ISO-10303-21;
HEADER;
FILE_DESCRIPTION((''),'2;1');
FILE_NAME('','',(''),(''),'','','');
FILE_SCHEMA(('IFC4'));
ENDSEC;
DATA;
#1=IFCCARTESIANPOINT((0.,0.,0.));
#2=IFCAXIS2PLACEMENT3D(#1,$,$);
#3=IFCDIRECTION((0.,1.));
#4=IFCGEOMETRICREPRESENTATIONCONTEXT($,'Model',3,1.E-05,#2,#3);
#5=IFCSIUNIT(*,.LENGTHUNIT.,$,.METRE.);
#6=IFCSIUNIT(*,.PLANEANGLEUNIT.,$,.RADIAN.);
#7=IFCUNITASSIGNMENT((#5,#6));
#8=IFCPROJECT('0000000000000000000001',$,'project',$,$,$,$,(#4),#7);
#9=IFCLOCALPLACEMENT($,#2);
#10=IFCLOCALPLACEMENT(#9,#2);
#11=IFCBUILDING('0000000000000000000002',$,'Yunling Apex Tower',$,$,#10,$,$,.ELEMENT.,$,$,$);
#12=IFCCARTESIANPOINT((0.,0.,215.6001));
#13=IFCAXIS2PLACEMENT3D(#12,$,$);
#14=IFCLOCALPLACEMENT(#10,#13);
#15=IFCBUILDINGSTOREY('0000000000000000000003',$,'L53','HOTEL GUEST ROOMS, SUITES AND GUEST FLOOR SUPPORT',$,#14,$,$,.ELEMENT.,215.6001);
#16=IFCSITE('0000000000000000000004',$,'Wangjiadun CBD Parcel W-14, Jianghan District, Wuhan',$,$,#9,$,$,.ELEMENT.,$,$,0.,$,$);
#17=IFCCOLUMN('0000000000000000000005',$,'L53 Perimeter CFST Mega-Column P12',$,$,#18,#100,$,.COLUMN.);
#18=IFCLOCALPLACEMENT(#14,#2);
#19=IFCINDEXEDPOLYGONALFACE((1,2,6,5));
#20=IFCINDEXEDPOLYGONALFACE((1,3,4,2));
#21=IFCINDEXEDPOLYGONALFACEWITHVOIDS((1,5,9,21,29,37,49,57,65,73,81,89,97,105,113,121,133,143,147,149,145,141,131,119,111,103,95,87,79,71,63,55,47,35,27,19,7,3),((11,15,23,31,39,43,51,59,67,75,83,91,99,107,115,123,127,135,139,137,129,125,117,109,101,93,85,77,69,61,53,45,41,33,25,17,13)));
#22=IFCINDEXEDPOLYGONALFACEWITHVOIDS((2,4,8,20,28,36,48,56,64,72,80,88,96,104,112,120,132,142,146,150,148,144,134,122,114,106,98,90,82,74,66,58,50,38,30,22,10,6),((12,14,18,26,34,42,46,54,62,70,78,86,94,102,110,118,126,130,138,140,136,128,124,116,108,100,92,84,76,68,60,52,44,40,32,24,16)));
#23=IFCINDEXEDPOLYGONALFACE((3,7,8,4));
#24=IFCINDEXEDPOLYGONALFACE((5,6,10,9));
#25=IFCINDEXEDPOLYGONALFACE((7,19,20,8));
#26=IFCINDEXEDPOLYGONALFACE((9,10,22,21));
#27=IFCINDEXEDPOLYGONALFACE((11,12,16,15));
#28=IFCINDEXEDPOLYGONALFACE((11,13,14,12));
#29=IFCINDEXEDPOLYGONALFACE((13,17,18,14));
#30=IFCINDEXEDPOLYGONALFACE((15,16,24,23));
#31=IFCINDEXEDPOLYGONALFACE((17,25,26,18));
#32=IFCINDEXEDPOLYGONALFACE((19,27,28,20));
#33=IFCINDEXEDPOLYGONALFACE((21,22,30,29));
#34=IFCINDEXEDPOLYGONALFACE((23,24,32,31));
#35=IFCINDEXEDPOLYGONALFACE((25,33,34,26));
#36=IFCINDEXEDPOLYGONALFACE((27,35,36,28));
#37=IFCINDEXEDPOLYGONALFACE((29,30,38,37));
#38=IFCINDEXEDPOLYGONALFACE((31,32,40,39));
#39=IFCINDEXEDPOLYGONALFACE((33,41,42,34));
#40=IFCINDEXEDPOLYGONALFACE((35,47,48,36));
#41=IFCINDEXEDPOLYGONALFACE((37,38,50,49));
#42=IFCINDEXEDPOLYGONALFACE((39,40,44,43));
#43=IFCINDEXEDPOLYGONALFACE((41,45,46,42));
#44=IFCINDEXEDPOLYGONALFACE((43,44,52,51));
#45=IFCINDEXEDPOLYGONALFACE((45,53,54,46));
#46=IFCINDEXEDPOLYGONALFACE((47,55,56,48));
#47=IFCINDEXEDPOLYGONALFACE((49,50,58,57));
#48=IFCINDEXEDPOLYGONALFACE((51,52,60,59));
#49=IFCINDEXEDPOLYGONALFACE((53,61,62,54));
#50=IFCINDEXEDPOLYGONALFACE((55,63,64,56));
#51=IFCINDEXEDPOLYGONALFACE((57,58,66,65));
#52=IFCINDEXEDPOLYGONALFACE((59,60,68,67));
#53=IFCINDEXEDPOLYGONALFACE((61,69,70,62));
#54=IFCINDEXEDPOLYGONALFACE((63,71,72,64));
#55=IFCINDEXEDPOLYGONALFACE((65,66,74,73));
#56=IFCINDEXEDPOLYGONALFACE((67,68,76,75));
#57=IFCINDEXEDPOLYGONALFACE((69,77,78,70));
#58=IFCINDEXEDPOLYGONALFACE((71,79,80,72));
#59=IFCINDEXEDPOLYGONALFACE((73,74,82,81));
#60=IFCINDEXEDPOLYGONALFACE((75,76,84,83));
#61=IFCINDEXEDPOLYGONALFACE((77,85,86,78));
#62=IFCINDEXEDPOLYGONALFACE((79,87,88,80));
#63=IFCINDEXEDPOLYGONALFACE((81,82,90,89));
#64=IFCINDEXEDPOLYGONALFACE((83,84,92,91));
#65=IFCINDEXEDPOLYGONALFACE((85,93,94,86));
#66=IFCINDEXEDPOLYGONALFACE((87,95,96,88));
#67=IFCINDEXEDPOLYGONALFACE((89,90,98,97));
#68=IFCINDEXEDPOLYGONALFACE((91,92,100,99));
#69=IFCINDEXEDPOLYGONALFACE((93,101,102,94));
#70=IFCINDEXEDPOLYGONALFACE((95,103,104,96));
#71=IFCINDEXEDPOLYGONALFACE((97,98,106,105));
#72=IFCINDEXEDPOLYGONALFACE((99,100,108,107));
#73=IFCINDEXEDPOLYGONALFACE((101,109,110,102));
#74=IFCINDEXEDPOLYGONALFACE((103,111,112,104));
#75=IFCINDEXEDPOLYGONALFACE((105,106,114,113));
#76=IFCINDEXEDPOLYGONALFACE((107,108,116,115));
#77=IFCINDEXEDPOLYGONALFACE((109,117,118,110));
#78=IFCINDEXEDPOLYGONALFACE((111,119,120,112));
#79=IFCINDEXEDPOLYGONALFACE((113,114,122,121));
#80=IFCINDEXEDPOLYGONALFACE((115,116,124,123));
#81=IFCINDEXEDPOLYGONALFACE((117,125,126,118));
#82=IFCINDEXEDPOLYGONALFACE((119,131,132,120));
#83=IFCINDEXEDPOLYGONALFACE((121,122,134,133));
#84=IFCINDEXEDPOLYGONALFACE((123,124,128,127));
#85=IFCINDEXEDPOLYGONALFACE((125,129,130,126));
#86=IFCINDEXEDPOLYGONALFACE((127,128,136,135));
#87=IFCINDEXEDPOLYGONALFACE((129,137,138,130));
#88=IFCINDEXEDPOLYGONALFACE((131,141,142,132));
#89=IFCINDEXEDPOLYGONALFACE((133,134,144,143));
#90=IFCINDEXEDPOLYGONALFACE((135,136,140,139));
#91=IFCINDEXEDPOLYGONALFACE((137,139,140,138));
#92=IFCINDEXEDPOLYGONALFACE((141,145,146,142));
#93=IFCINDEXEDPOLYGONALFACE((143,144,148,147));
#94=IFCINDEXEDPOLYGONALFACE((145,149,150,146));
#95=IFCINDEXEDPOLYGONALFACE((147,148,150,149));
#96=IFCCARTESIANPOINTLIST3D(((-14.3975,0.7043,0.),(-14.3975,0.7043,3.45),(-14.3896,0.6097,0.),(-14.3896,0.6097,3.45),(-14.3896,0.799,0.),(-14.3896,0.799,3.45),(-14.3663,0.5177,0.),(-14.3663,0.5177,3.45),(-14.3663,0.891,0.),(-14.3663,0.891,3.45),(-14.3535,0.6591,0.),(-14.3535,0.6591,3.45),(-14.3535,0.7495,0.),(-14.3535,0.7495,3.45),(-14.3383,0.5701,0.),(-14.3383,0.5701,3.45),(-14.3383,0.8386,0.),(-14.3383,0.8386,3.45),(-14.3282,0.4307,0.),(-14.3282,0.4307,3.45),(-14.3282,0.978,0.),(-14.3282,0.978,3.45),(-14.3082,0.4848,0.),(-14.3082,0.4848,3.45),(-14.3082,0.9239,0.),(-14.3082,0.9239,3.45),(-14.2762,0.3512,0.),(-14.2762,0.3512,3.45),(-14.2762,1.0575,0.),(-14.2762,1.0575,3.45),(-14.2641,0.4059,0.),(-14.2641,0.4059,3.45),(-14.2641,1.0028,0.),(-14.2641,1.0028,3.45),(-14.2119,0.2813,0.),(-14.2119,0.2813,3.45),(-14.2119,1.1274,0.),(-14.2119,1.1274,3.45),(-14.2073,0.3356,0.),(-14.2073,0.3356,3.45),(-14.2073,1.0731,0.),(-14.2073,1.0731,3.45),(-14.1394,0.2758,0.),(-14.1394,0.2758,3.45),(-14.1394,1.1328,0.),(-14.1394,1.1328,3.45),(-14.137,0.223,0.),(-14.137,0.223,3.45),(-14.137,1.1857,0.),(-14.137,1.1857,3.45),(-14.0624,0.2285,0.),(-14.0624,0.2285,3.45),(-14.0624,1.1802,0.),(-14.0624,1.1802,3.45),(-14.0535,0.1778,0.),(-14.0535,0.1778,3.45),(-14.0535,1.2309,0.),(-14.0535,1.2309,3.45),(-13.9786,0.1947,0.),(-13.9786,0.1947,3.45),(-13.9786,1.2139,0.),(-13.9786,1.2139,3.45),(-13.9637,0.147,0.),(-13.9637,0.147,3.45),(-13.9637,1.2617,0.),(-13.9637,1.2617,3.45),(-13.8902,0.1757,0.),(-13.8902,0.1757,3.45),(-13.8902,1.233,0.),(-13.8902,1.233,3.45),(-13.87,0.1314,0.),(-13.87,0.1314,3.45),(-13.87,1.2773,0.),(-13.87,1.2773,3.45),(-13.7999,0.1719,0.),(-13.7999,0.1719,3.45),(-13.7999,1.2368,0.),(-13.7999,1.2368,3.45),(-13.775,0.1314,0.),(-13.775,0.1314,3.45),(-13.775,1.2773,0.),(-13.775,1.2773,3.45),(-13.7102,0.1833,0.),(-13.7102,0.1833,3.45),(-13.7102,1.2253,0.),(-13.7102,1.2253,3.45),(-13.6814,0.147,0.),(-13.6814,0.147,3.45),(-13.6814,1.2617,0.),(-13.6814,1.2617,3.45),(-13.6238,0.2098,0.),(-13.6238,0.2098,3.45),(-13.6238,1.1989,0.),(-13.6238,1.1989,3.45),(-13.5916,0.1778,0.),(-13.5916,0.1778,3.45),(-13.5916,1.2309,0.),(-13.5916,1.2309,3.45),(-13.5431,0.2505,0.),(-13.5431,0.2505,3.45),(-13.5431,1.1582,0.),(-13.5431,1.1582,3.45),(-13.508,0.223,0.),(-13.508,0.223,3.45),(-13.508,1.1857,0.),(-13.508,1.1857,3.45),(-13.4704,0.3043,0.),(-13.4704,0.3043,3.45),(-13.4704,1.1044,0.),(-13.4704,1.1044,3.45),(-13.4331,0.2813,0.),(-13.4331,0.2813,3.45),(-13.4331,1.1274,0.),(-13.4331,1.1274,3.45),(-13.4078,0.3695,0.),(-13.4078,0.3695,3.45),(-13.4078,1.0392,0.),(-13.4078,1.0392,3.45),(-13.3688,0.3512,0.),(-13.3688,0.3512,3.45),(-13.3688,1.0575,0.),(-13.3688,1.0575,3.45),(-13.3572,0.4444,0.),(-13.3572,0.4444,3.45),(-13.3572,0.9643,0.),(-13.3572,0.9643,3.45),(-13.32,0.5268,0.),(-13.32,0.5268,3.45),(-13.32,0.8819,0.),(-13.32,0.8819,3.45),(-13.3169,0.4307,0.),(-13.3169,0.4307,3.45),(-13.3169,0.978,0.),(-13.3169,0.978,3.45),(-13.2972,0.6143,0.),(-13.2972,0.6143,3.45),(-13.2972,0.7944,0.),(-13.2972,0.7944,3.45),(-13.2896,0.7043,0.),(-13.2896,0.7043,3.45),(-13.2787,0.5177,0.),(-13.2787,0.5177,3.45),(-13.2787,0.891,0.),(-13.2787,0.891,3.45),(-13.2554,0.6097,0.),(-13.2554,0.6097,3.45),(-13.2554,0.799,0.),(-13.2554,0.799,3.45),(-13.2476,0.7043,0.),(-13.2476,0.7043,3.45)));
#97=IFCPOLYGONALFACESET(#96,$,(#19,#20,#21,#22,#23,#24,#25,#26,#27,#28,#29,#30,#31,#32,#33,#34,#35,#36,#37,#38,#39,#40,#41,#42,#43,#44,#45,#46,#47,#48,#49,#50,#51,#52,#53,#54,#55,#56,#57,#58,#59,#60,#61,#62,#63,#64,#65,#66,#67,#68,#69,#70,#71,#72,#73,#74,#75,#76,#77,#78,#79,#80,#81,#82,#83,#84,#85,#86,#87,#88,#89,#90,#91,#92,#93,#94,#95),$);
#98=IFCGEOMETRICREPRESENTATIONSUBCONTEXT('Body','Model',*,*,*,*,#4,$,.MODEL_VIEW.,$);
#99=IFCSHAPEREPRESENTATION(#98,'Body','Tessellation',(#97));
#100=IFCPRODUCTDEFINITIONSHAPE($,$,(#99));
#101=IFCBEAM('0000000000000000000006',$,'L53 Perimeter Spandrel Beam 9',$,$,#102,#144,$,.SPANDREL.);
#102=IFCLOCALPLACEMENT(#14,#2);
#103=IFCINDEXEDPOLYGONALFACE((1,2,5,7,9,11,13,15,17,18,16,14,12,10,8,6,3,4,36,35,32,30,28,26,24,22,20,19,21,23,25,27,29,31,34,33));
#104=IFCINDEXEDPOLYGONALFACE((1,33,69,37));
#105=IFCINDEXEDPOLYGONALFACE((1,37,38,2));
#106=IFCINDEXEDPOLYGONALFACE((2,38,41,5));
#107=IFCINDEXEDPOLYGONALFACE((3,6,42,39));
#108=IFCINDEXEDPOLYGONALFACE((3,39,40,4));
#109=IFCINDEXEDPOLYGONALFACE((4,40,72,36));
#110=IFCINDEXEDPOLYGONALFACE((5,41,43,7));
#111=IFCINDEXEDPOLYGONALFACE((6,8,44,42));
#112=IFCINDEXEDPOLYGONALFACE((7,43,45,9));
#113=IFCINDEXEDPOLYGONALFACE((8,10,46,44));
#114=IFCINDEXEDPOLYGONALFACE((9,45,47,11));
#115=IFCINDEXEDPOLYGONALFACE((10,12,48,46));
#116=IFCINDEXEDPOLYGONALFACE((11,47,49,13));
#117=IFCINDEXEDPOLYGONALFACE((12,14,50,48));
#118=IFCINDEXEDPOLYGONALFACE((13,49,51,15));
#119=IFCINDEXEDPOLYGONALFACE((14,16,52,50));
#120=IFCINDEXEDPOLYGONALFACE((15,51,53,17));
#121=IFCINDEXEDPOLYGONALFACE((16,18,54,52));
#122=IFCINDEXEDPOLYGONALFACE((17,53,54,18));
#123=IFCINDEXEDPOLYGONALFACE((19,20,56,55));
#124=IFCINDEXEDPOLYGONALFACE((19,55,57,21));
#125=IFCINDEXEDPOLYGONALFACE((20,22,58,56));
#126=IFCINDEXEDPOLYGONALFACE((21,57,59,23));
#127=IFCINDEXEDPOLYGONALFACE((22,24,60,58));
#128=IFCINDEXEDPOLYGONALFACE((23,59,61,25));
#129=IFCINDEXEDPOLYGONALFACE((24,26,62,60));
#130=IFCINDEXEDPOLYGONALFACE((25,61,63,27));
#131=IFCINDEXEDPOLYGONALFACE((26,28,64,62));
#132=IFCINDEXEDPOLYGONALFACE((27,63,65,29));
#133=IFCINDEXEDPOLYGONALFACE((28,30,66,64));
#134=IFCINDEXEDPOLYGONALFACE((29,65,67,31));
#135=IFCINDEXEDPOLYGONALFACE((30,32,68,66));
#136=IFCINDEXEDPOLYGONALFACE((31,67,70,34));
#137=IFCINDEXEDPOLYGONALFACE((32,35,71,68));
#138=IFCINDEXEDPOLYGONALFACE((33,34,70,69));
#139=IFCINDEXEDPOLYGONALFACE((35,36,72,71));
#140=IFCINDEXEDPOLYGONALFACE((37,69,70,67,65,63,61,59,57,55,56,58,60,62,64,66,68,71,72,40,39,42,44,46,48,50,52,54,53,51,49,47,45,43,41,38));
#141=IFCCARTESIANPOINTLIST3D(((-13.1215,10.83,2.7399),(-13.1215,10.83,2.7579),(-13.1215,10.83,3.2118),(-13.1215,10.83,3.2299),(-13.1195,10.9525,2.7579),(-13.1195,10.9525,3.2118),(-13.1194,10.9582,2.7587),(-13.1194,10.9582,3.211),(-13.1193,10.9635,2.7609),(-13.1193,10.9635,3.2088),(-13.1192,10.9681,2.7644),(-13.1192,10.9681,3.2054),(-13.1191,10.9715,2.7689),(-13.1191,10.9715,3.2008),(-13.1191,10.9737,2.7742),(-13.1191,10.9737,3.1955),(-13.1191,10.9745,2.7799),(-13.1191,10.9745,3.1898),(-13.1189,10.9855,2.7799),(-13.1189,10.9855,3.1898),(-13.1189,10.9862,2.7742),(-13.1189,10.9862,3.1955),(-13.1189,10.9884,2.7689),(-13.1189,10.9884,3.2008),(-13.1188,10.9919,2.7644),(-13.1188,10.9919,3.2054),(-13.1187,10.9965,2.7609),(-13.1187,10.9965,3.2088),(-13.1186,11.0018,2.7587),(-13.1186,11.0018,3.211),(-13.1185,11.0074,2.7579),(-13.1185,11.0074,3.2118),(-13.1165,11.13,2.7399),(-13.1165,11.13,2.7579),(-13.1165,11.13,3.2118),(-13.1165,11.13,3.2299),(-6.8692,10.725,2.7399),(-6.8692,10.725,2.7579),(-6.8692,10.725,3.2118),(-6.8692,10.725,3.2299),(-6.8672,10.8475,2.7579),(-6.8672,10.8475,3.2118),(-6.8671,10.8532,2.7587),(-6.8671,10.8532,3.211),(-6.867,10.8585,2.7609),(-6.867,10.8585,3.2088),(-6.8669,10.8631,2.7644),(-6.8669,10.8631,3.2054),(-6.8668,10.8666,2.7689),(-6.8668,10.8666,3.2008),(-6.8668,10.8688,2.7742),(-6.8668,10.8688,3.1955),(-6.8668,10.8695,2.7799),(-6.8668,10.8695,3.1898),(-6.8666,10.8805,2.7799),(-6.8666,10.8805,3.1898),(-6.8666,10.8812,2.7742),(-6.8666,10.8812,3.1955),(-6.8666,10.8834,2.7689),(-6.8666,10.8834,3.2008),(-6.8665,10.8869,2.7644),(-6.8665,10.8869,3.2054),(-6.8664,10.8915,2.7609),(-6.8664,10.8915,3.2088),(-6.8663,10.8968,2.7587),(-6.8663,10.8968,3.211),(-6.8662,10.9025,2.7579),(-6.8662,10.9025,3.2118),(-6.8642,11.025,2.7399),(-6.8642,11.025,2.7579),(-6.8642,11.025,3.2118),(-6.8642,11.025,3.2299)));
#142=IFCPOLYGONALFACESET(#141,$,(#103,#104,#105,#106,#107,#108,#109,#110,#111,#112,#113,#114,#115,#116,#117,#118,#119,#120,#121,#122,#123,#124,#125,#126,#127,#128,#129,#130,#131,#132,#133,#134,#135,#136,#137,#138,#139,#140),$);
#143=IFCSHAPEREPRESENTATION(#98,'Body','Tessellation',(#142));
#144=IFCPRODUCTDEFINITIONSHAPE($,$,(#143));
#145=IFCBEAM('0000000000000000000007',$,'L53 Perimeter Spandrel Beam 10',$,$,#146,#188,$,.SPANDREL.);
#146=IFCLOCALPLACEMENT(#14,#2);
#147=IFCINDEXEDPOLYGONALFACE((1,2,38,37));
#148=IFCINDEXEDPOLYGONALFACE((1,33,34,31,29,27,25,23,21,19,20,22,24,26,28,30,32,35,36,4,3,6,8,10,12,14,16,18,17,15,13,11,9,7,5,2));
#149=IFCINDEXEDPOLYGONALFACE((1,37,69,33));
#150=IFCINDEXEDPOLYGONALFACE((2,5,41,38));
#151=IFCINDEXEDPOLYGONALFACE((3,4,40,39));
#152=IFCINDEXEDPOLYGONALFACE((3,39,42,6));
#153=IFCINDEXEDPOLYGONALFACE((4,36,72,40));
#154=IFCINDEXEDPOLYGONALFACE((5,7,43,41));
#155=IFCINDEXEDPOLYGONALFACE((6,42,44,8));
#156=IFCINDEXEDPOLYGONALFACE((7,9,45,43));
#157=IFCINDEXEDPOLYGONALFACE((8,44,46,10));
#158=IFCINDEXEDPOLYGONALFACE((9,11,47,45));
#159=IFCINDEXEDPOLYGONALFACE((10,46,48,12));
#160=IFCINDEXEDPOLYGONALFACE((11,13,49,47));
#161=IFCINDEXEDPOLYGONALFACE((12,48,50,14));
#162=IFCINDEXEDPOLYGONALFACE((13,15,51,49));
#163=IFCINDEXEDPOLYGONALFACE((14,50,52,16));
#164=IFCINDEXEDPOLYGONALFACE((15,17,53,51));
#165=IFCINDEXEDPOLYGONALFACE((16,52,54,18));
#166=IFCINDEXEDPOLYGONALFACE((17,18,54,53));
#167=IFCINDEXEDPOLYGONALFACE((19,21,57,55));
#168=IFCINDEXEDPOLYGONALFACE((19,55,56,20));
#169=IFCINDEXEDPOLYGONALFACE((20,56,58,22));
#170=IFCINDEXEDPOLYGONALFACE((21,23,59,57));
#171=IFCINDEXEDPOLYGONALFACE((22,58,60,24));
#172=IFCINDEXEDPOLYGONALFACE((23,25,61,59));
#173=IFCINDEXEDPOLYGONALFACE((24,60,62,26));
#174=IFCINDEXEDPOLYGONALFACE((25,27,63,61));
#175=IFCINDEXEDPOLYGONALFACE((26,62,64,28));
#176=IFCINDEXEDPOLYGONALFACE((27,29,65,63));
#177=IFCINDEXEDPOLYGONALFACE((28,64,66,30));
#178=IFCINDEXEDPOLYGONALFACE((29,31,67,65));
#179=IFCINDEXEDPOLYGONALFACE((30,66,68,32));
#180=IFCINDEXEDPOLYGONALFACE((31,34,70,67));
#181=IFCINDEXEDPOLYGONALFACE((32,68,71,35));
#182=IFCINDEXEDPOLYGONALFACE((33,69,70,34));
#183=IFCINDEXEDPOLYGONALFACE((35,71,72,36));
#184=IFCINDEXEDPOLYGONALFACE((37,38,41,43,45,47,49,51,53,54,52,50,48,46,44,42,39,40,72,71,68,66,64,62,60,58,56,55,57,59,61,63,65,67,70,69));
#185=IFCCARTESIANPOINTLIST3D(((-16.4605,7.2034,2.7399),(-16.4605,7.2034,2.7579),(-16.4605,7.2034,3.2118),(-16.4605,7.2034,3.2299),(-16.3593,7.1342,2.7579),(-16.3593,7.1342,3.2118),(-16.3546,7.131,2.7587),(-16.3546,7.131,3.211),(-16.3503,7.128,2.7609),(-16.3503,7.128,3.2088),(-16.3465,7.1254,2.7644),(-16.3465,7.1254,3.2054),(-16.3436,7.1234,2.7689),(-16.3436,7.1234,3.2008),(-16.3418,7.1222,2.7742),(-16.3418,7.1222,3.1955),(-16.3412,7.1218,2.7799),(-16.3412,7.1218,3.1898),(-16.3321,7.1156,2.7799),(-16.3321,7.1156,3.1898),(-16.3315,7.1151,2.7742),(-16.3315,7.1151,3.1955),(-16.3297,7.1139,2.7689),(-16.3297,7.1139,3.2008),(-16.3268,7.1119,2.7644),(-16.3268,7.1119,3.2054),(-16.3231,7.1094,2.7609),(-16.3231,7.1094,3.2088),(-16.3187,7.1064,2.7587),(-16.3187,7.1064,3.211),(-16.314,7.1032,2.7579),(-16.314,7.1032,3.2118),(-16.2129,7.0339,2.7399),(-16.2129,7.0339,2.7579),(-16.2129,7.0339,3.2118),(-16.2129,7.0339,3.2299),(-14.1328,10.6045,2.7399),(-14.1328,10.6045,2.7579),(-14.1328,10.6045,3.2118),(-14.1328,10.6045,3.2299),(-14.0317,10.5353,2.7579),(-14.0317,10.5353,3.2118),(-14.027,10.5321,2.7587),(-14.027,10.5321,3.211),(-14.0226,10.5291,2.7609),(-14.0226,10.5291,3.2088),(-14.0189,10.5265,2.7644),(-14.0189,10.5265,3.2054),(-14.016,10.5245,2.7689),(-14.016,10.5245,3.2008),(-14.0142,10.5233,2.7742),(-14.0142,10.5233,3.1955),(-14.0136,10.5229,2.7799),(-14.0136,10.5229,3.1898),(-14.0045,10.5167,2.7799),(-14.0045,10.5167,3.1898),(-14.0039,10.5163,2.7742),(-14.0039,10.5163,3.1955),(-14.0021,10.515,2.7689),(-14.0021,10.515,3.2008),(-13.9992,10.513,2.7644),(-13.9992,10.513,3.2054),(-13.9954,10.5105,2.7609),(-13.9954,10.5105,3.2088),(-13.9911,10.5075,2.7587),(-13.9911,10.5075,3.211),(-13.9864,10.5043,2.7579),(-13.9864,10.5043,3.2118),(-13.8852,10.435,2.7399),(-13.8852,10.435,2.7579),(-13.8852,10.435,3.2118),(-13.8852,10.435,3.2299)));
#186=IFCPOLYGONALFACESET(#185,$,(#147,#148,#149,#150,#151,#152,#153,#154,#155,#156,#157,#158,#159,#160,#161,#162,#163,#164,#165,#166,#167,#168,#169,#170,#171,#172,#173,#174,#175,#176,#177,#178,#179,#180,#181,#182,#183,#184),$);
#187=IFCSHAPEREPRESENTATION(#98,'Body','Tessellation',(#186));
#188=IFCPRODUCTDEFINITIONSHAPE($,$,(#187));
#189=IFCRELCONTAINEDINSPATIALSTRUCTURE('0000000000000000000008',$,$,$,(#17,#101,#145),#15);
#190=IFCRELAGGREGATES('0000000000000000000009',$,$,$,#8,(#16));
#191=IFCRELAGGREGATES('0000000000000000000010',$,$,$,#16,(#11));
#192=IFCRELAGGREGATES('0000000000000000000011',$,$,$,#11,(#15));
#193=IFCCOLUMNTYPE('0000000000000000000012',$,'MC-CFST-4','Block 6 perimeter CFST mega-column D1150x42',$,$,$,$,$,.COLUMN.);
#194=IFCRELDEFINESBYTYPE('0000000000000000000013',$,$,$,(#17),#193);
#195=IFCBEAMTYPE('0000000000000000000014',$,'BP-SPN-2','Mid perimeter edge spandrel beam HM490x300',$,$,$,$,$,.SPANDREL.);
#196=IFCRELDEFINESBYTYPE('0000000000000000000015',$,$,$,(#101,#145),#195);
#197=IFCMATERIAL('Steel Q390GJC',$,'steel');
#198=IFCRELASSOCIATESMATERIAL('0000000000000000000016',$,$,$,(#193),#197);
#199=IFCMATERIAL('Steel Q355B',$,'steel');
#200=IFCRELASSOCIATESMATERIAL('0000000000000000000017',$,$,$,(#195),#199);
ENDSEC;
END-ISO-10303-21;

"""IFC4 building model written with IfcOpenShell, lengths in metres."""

from ifc_helpers import new_model, si_unit, direction, frame, origin, origin_2d, place, context, subcontext, project, spatial, hollow_circle, i_section, extrude, source, transform, mapped, material, material_profile, profile_set, type_object, element, save


model = new_model("IFC4")

# Units and contexts
model_context = context("Model", 3, precision=1e-05, world=origin(), true_north=direction((0.0, 1.0)))
body_context = subcontext(model_context, "Body", "Model", "MODEL_VIEW")
ifc_project = project(units=[si_unit("LENGTHUNIT", "METRE"), si_unit("PLANEANGLEUNIT", "RADIAN")], contexts=[model_context])

# Site, building, storey
site_placement = place(None, origin())
site = spatial("IfcSite", under=ifc_project, at=site_placement, Name="Wangjiadun CBD Parcel W-14, Jianghan District, Wuhan", CompositionType="ELEMENT", RefElevation=0.0)
building_placement = place(site_placement, origin())
building = spatial("IfcBuilding", under=site, at=building_placement, Name="Yunling Apex Tower", CompositionType="ELEMENT")
storey_placement = place(building_placement, frame((0.0, 0.0, 215.6001)))
storey = spatial("IfcBuildingStorey", under=building, at=storey_placement, Name="L53", Description="HOTEL GUEST ROOMS, SUITES AND GUEST FLOOR SUPPORT", CompositionType="ELEMENT", Elevation=215.6001)

# Column
ifc_material_1 = material(Name="Steel Q390GJC", Category="steel")
ifc_material_profile_1 = material_profile(ifc_material_1, hollow_circle(Radius=0.575, WallThickness=0.042, at=origin_2d()))
ifc_profile_set_1 = profile_set([ifc_material_profile_1], Name="Steel Q390GJC")
column_type = type_object("IfcColumnType", Name="MC-CFST-4", Description="Block 6 perimeter CFST mega-column D1150x42", PredefinedType="COLUMN", material=ifc_profile_set_1)
shared_shape_1 = source(origin(), body_context, "Body", "SweptSolid", [
    extrude(hollow_circle(Radius=0.575, WallThickness=0.042, at=origin_2d()), origin(), (0.0, 0.0, 1.0), 3.45),
])
for number, where, z_axis, x_axis, name in (
    (1, (-13.8225, 0.7043, 0.0), (0.0, 0.0, 1.0), (1.0, 0.0, 0.0), "L53 Perimeter CFST Mega-Column P12"),
):
    element("IfcColumn", number, at=place(storey_placement, frame(where, z_axis=z_axis, x_axis=x_axis)), inside=storey, type_object=column_type, Name=name, PredefinedType="COLUMN", context=body_context, shape_type="MappedRepresentation", body=[
        mapped(shared_shape_1, transform((0.0, 0.0, 0.0), scale=1.0)),
    ])

# Beams
ifc_material_2 = material(Name="Steel Q355B", Category="steel")
ifc_material_profile_2 = material_profile(ifc_material_2, i_section(OverallWidth=0.3, OverallDepth=0.49, WebThickness=0.011, FlangeThickness=0.0181, FilletRadius=0.022, at=origin_2d()))
ifc_profile_set_2 = profile_set([ifc_material_profile_2], Name="Steel Q355B")
beam_type_1 = type_object("IfcBeamType", Name="BP-SPN-2", Description="Mid perimeter edge spandrel beam HM490x300", PredefinedType="SPANDREL", material=ifc_profile_set_2)
shared_shape_2 = source(origin(), body_context, "Body", "SweptSolid", [
    extrude(i_section(OverallWidth=0.3, OverallDepth=0.49, WebThickness=0.011, FlangeThickness=0.0181, FilletRadius=0.022, at=origin_2d()), origin(), (0.0, 0.0, 1.0), 6.2532),
])
beam_1_placement = place(storey_placement, frame((-6.8667, 10.875, 2.9849), z_axis=(-0.999859, 0.016789, 0.0), x_axis=(-0.016789, -0.999859, 0.0)))
element("IfcBeam", 2, at=beam_1_placement, inside=storey, type_object=beam_type_1, Name="L53 Perimeter Spandrel Beam 9", PredefinedType="SPANDREL", context=body_context, shape_type="MappedRepresentation", body=[
    mapped(shared_shape_2, transform((0.0, 0.0, 0.0), scale=1.0)),
])
shared_shape_3 = source(origin(), body_context, "Body", "SweptSolid", [
    extrude(i_section(OverallWidth=0.3, OverallDepth=0.49, WebThickness=0.011, FlangeThickness=0.0181, FilletRadius=0.022, at=origin_2d()), origin(), (0.0, 0.0, 1.0), 4.1213),
])
beam_2_placement = place(storey_placement, frame((-14.009, 10.5198, 2.9849), z_axis=(-0.564775, -0.825245, 0.0), x_axis=(0.825245, -0.564775, 0.0)))
element("IfcBeam", 3, at=beam_2_placement, inside=storey, type_object=beam_type_1, Name="L53 Perimeter Spandrel Beam 10", PredefinedType="SPANDREL", context=body_context, shape_type="MappedRepresentation", body=[
    mapped(shared_shape_3, transform((0.0, 0.0, 0.0), scale=1.0)),
])

save(model, "model.ifc")
